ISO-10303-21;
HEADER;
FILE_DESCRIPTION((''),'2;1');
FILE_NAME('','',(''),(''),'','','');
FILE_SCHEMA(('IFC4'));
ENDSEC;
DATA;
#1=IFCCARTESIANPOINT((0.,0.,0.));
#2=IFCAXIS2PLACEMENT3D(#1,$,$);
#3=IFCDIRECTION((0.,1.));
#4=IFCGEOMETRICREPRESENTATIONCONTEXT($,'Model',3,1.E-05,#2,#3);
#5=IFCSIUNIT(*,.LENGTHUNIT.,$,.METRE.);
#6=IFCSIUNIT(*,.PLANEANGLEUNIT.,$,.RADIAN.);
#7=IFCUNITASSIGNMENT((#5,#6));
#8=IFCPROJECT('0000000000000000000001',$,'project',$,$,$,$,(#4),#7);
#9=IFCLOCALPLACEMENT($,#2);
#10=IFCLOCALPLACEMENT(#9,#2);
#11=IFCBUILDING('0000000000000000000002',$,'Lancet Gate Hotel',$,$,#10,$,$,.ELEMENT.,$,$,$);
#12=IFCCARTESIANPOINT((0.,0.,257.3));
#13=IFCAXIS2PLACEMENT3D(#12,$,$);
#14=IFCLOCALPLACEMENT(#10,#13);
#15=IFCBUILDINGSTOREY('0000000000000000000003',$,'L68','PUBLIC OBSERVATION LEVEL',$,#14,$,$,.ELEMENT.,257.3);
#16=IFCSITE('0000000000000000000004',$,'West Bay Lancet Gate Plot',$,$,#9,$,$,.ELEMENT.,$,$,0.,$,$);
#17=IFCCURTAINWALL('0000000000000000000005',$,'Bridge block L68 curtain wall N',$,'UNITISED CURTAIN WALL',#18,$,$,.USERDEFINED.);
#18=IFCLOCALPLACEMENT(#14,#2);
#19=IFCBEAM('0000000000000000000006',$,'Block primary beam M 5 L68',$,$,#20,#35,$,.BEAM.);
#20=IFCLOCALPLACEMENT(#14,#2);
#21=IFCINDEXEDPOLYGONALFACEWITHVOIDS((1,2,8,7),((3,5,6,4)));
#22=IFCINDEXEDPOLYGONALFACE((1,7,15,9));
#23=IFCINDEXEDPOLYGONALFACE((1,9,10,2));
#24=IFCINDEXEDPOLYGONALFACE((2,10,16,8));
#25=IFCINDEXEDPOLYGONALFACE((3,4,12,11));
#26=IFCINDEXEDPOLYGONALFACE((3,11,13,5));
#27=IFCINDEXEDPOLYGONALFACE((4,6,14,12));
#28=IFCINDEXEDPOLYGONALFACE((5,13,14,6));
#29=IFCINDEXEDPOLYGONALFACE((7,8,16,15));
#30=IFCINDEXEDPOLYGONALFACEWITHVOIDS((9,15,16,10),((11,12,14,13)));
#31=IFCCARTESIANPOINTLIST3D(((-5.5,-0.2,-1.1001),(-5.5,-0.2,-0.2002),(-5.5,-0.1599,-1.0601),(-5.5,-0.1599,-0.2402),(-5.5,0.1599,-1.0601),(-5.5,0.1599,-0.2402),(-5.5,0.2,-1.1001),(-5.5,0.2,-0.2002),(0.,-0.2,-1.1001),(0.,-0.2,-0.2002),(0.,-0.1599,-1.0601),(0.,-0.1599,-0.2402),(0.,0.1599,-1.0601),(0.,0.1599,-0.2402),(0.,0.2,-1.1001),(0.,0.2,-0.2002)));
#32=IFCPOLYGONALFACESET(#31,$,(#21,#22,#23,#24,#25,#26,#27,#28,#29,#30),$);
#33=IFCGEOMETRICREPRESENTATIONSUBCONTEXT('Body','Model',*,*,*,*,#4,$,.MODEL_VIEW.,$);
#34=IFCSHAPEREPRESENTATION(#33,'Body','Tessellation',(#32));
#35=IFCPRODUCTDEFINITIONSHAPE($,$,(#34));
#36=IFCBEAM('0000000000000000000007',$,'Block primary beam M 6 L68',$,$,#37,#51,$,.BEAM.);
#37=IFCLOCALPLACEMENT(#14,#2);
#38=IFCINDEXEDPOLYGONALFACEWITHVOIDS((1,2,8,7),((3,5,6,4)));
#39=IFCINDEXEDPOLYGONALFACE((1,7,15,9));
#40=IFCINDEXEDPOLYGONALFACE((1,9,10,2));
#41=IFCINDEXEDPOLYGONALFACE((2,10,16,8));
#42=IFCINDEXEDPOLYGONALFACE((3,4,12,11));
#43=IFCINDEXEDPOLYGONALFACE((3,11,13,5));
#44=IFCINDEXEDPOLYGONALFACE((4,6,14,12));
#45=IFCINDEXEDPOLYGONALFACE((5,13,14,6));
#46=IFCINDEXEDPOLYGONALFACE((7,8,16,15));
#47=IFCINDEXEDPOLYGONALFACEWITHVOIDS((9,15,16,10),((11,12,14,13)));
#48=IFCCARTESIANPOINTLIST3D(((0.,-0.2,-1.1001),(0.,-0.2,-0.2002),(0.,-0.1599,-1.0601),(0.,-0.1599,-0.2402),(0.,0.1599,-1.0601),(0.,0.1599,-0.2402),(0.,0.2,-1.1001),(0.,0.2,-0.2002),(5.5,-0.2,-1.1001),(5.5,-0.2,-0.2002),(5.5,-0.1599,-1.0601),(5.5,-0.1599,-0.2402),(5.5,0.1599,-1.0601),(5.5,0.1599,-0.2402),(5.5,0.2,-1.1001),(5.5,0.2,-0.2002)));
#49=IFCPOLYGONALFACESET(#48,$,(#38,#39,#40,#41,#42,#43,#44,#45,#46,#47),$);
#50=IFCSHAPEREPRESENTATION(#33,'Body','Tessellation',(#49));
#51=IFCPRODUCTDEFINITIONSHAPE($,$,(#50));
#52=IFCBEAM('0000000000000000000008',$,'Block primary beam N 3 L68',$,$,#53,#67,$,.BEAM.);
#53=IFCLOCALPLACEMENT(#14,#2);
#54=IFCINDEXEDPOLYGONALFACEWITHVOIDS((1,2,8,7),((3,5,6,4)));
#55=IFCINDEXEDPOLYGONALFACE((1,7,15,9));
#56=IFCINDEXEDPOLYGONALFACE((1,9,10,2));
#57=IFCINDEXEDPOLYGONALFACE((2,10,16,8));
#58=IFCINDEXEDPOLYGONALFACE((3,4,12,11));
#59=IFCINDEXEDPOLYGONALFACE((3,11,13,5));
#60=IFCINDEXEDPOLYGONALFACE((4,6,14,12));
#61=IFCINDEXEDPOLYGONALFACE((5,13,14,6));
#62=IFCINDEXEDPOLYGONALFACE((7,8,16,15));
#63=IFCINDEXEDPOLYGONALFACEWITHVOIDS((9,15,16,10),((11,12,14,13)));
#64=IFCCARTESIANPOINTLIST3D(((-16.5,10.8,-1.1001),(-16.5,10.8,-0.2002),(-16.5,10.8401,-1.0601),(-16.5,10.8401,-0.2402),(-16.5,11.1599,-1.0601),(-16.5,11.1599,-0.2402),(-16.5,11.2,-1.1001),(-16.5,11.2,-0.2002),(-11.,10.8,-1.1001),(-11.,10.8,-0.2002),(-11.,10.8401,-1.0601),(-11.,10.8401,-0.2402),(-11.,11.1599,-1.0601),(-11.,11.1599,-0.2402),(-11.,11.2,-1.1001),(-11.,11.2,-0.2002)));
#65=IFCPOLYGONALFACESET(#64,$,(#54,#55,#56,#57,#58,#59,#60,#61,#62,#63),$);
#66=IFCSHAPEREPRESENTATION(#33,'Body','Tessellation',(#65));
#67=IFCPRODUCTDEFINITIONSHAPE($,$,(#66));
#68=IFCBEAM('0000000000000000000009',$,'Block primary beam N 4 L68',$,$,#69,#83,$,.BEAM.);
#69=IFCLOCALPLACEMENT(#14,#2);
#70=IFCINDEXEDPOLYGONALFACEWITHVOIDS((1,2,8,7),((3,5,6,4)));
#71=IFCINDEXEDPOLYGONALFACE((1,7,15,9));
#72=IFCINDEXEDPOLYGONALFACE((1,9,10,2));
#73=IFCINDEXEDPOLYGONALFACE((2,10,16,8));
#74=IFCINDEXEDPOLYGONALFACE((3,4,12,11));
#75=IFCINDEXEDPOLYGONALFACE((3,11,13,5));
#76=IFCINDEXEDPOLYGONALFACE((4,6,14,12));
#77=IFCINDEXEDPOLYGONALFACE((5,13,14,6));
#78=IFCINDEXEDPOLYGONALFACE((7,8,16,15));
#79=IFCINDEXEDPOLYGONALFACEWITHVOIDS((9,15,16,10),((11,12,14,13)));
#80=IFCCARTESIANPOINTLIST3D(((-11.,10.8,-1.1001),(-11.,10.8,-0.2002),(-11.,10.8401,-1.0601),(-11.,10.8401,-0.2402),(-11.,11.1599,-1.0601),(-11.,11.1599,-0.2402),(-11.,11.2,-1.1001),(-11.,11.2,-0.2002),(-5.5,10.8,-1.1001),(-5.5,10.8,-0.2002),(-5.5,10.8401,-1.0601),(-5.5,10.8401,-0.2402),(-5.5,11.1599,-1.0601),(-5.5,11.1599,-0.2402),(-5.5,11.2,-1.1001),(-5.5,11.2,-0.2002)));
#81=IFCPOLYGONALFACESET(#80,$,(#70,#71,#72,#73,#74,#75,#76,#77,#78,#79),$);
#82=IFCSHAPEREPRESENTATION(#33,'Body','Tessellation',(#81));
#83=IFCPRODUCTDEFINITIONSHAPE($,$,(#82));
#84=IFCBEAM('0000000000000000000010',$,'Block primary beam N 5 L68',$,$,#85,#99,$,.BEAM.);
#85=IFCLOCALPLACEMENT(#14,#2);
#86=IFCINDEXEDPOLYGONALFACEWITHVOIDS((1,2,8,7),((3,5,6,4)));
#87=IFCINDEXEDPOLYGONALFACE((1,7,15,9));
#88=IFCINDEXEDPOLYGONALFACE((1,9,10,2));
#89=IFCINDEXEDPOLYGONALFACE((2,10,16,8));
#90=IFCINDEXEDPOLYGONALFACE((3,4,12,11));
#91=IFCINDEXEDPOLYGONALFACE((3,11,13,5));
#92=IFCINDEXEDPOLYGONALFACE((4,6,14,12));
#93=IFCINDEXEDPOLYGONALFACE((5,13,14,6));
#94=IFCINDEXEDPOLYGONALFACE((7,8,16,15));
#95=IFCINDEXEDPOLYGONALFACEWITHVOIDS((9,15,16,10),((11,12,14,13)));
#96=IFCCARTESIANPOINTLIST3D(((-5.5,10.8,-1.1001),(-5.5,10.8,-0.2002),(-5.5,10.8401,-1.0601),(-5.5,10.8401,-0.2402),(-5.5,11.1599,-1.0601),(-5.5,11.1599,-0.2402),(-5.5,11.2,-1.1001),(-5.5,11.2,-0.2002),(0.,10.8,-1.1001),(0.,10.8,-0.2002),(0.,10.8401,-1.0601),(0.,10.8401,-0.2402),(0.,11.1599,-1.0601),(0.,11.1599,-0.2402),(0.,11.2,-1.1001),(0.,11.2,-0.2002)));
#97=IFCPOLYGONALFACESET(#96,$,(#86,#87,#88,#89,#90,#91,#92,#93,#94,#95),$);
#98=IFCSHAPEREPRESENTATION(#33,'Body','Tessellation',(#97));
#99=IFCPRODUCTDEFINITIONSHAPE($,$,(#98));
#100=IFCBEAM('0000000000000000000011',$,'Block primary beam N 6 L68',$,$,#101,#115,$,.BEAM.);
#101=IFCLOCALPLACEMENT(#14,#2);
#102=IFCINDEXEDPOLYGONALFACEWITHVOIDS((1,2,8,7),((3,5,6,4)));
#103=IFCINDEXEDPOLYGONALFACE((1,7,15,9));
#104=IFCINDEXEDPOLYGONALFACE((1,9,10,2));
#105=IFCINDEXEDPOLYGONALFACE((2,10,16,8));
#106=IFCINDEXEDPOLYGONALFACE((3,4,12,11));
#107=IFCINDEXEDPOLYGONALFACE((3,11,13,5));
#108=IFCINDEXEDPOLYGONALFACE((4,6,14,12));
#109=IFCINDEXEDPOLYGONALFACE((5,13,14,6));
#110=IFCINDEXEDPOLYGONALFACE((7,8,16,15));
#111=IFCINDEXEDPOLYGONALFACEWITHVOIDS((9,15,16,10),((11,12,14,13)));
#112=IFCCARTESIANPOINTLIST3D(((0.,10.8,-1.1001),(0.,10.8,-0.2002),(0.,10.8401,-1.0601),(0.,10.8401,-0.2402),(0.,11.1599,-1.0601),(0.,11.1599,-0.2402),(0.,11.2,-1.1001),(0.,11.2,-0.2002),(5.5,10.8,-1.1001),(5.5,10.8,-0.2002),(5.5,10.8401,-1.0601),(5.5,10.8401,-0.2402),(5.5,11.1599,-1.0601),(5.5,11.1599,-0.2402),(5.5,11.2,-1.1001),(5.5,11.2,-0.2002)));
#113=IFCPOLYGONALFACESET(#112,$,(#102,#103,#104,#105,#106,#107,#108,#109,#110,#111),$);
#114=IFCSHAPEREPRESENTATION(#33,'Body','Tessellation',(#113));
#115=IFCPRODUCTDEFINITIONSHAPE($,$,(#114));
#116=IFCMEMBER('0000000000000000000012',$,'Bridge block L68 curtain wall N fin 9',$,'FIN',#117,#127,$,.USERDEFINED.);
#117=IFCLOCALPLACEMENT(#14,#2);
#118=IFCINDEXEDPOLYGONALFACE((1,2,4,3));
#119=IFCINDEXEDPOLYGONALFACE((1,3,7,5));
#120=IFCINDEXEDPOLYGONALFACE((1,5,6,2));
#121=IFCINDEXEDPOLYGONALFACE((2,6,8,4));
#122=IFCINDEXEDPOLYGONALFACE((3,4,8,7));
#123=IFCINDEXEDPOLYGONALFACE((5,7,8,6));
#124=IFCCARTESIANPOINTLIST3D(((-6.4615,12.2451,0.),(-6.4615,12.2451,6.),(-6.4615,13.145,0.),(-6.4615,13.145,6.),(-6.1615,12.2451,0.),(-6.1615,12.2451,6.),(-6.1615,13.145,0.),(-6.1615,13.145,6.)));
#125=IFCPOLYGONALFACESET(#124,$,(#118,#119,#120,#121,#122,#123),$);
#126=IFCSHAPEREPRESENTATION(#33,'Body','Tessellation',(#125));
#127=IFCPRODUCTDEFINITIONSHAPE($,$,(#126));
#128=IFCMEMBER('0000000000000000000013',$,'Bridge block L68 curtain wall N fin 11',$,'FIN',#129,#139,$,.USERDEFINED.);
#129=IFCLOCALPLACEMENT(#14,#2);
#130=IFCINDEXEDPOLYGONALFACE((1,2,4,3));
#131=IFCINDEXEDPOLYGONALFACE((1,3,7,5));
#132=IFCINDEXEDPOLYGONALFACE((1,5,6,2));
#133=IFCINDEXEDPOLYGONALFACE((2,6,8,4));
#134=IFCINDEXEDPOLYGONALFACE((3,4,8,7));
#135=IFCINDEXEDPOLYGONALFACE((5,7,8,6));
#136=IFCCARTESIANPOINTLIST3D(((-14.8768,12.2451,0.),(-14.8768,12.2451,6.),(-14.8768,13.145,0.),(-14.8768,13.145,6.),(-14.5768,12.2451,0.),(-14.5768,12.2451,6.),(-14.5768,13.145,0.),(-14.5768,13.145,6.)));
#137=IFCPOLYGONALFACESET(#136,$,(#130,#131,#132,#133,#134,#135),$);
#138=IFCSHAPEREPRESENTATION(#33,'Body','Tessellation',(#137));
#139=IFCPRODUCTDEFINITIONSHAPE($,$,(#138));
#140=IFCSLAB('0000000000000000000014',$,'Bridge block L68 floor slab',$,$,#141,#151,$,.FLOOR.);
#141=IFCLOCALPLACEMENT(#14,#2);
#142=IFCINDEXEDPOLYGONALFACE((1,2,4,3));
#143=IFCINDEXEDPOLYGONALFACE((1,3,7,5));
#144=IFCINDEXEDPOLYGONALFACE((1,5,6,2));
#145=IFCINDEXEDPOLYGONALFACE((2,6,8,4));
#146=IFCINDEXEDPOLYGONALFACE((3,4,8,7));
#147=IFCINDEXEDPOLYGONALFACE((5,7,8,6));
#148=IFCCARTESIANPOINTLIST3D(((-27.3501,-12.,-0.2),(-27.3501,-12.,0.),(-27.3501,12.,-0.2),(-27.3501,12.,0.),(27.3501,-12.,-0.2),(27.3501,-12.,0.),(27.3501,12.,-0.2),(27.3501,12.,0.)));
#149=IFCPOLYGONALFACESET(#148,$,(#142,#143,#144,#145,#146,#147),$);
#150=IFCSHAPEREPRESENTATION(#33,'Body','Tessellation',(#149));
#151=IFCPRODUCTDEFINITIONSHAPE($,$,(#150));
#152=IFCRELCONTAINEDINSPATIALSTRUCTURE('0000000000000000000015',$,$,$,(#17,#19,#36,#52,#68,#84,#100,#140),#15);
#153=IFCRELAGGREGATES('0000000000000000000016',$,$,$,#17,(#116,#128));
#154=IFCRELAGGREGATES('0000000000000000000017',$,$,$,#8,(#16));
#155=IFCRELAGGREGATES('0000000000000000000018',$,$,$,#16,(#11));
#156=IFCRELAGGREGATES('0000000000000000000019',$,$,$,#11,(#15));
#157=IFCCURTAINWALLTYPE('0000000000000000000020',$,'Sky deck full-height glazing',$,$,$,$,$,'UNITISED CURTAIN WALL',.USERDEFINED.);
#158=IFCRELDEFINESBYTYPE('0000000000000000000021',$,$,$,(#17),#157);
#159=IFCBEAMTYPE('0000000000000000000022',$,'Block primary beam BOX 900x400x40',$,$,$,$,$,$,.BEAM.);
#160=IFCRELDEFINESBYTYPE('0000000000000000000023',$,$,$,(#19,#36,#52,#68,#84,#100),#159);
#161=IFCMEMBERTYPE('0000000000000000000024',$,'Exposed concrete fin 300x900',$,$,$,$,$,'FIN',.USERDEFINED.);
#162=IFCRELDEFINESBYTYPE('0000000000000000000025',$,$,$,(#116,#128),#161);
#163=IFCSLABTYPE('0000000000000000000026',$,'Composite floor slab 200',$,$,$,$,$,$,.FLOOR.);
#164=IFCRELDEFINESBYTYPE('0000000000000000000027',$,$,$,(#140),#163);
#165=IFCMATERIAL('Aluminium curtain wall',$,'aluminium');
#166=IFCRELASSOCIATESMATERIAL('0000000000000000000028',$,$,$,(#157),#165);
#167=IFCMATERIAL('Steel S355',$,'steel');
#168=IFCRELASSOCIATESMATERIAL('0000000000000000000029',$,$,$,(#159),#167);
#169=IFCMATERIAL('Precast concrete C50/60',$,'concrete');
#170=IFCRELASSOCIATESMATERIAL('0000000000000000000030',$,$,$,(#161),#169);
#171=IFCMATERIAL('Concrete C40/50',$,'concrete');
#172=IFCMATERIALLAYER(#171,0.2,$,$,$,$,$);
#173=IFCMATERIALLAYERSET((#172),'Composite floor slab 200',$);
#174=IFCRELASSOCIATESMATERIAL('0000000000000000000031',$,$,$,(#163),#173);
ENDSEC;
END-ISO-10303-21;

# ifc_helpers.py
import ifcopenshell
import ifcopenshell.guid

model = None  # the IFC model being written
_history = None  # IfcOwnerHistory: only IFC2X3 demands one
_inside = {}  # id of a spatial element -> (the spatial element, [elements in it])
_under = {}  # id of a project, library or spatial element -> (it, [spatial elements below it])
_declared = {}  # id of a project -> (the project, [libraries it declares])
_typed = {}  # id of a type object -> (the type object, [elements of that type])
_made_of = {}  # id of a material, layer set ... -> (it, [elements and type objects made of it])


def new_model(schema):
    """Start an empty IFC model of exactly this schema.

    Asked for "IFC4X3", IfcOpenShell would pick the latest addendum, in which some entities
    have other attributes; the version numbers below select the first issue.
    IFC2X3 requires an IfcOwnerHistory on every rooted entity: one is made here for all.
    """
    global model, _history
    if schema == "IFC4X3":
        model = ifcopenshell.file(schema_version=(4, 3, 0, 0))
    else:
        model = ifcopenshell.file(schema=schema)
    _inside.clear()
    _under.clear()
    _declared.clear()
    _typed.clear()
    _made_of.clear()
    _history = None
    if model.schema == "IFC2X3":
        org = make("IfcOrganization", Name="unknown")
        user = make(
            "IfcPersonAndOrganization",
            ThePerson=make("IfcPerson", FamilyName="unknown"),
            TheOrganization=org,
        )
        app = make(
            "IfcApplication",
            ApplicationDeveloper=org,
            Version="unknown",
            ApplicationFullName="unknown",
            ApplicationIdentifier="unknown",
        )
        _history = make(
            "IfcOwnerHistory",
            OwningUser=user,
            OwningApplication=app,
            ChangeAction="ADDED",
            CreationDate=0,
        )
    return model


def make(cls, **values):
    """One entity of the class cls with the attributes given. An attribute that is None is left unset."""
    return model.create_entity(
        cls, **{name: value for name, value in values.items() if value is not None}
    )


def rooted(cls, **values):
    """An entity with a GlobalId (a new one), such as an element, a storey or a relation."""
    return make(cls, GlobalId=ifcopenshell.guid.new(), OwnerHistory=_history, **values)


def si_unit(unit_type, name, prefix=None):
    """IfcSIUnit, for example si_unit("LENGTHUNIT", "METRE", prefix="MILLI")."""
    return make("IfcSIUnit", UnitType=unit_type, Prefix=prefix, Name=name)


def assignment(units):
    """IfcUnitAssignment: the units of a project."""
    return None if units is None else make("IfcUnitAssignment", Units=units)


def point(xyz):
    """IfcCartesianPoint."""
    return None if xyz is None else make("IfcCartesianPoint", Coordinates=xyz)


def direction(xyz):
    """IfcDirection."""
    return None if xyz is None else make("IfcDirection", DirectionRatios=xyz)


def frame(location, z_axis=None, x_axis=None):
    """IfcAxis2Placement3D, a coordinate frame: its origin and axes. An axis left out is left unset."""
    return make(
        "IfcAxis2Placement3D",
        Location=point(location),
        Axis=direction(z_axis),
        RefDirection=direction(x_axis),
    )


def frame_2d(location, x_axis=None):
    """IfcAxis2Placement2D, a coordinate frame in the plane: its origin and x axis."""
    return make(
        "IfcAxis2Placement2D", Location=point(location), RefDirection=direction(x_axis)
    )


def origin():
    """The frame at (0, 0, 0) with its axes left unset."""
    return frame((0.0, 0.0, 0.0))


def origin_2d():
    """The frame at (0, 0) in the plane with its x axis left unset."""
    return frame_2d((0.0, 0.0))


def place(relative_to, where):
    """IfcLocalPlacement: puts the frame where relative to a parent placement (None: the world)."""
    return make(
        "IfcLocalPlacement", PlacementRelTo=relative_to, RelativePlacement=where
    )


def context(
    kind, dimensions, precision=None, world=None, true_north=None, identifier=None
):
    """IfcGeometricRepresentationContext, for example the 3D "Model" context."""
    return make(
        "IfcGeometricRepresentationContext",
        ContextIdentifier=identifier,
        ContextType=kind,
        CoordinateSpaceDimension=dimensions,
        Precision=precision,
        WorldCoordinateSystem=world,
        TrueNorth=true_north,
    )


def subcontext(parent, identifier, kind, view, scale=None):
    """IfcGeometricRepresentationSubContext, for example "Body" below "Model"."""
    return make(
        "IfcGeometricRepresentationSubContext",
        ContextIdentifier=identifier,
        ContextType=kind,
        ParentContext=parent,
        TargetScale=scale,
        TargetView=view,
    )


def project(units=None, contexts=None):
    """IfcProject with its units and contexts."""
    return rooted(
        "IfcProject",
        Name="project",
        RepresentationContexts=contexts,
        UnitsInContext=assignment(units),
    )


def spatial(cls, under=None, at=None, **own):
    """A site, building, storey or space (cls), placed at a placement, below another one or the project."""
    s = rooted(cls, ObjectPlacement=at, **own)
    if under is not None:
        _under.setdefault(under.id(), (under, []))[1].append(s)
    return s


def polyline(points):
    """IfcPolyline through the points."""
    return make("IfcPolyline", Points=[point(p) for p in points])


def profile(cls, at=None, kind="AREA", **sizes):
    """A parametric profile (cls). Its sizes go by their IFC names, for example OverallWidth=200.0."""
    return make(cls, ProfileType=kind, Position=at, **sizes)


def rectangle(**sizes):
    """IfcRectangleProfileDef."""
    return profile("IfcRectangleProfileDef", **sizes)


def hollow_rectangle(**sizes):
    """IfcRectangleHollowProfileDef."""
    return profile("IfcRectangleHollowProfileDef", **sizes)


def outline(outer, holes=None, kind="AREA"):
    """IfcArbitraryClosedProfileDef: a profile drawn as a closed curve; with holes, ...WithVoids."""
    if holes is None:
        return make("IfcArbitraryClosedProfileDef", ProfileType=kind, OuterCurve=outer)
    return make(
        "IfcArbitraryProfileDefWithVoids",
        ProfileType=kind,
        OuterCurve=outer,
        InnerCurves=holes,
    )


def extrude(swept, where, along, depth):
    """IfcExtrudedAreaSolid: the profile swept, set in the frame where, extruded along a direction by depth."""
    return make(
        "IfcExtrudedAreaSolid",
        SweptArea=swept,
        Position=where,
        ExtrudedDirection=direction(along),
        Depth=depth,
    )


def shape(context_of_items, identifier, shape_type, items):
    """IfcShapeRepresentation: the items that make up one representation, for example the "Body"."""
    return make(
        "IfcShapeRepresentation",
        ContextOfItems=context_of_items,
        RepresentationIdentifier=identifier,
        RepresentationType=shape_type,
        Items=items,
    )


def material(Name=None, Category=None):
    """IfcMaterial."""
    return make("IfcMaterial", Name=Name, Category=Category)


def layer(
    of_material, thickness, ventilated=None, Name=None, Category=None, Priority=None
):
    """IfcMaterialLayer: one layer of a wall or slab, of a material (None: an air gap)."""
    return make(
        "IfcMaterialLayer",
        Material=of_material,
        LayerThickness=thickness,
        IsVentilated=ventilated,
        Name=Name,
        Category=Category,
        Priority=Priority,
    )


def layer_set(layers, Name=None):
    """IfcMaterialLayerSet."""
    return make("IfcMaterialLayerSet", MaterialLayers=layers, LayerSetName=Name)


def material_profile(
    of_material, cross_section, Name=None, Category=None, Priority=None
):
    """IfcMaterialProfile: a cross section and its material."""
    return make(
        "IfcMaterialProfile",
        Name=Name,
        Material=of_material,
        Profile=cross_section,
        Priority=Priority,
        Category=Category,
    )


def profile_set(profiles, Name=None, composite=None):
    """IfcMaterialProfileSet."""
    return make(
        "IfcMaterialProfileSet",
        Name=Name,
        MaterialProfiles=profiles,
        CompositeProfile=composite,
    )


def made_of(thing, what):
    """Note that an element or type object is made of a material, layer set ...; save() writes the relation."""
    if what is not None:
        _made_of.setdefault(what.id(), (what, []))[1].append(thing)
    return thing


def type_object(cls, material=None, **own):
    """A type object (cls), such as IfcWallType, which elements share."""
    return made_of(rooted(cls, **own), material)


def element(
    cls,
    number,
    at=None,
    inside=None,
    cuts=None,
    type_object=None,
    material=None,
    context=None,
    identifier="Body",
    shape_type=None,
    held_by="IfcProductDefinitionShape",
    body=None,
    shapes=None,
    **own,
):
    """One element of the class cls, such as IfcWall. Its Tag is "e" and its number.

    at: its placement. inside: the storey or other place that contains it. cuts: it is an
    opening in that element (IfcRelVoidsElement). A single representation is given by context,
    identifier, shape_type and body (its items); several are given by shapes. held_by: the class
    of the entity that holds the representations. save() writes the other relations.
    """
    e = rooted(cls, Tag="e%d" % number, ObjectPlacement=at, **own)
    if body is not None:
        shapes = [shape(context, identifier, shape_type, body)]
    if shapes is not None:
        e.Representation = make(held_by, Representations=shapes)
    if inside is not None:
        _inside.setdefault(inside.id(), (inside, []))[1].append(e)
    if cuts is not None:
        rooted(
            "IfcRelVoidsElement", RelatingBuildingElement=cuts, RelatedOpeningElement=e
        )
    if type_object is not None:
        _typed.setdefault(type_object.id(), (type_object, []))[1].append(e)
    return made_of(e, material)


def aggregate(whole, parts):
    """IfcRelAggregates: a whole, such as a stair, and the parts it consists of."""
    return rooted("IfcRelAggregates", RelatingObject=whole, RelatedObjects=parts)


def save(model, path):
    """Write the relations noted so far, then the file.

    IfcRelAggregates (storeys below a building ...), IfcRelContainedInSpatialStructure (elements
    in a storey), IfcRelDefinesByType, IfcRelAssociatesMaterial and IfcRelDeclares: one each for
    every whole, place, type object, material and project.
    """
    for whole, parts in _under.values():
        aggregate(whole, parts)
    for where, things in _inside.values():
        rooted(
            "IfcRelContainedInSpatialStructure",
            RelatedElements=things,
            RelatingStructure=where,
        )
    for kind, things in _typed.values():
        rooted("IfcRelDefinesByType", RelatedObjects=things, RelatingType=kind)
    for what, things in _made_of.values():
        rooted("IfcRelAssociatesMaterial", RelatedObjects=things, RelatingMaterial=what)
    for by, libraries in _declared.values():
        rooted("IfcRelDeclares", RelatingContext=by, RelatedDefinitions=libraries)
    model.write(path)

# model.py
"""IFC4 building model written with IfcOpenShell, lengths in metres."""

from ifc_helpers import new_model, si_unit, direction, frame, origin, origin_2d, place, context, subcontext, project, spatial, polyline, rectangle, hollow_rectangle, outline, extrude, material, layer, layer_set, material_profile, profile_set, type_object, element, aggregate, save


model = new_model("IFC4")

# Units and contexts
model_context = context("Model", 3, precision=1e-05, world=origin(), true_north=direction((0.0, 1.0)))
body_context = subcontext(model_context, "Body", "Model", "MODEL_VIEW")
ifc_project = project(units=[si_unit("LENGTHUNIT", "METRE"), si_unit("PLANEANGLEUNIT", "RADIAN")], contexts=[model_context])

# Site, building, storey
site_placement = place(None, origin())
site = spatial("IfcSite", under=ifc_project, at=site_placement, Name="West Bay Lancet Gate Plot", CompositionType="ELEMENT", RefElevation=0.0)
building_placement = place(site_placement, origin())
building = spatial("IfcBuilding", under=site, at=building_placement, Name="Lancet Gate Hotel", CompositionType="ELEMENT")
storey_placement = place(building_placement, frame((0.0, 0.0, 257.3)))
storey = spatial("IfcBuildingStorey", under=building, at=storey_placement, Name="L68", Description="PUBLIC OBSERVATION LEVEL", CompositionType="ELEMENT", Elevation=257.3)

# Curtain wall
ifc_material_1 = material(Name="Aluminium curtain wall", Category="aluminium")
curtain_wall_type = type_object("IfcCurtainWallType", Name="Sky deck full-height glazing", ElementType="UNITISED CURTAIN WALL", PredefinedType="USERDEFINED", material=ifc_material_1)
curtain_wall_placement = place(storey_placement, origin())
curtain_wall = element("IfcCurtainWall", 1, at=curtain_wall_placement, inside=storey, type_object=curtain_wall_type, Name="Bridge block L68 curtain wall N", ObjectType="UNITISED CURTAIN WALL", PredefinedType="USERDEFINED")

# Beams
ifc_material_2 = material(Name="Steel S355", Category="steel")
ifc_material_profile_1 = material_profile(ifc_material_2, hollow_rectangle(XDim=0.3999, YDim=0.8999, WallThickness=0.04, at=origin_2d()), Name="BOX 900x400x40")
ifc_profile_set_1 = profile_set([ifc_material_profile_1], Name="Steel S355")
beam_type_1 = type_object("IfcBeamType", Name="Block primary beam BOX 900x400x40", PredefinedType="BEAM", material=ifc_profile_set_1)
for number, where, z_axis, x_axis, name in (
    (2, (-5.5, 0.0, -0.6501), (1.0, 0.0, 0.0), (0.0, 1.0, 0.0), "Block primary beam M 5 L68"),
    (3, (0.0, 0.0, -0.6501), (1.0, 0.0, 0.0), (0.0, 1.0, 0.0), "Block primary beam M 6 L68"),
    (4, (-16.5, 11.0, -0.6501), (1.0, 0.0, 0.0), (0.0, 1.0, 0.0), "Block primary beam N 3 L68"),
    (5, (-11.0, 11.0, -0.6501), (1.0, 0.0, 0.0), (0.0, 1.0, 0.0), "Block primary beam N 4 L68"),
    (6, (-5.5, 11.0, -0.6501), (1.0, 0.0, 0.0), (0.0, 1.0, 0.0), "Block primary beam N 5 L68"),
    (7, (0.0, 11.0, -0.6501), (1.0, 0.0, 0.0), (0.0, 1.0, 0.0), "Block primary beam N 6 L68"),
):
    element("IfcBeam", number, at=place(storey_placement, frame(where, z_axis=z_axis, x_axis=x_axis)), inside=storey, type_object=beam_type_1, Name=name, PredefinedType="BEAM", context=body_context, shape_type="SweptSolid", body=[
        extrude(hollow_rectangle(XDim=0.3999, YDim=0.8999, WallThickness=0.04, at=origin_2d()), origin(), (0.0, 0.0, 1.0), 5.5),
    ])

# Members
ifc_material_3 = material(Name="Precast concrete C50/60", Category="concrete")
ifc_material_profile_2 = material_profile(ifc_material_3, rectangle(XDim=0.3, YDim=0.8999, at=origin_2d()), Name="FIN 300x900")
ifc_profile_set_2 = profile_set([ifc_material_profile_2], Name="Precast concrete C50/60")
member_type_1 = type_object("IfcMemberType", Name="Exposed concrete fin 300x900", ElementType="FIN", PredefinedType="USERDEFINED", material=ifc_profile_set_2)
member_1_placement = place(storey_placement, frame((-6.3115, 12.6951, 0.0), z_axis=(0.0, 0.0, 1.0), x_axis=(-1.0, 0.0, 0.0)))
member_1 = element("IfcMember", 8, at=member_1_placement, type_object=member_type_1, Name="Bridge block L68 curtain wall N fin 9", ObjectType="FIN", PredefinedType="USERDEFINED", context=body_context, shape_type="SweptSolid", body=[
    extrude(rectangle(XDim=0.3, YDim=0.8999, at=origin_2d()), origin(), (0.0, 0.0, 1.0), 6.0),
])
member_2_placement = place(storey_placement, frame((-14.7268, 12.6951, 0.0), z_axis=(0.0, 0.0, 1.0), x_axis=(-1.0, 0.0, 0.0)))
member_2 = element("IfcMember", 9, at=member_2_placement, type_object=member_type_1, Name="Bridge block L68 curtain wall N fin 11", ObjectType="FIN", PredefinedType="USERDEFINED", context=body_context, shape_type="SweptSolid", body=[
    extrude(rectangle(XDim=0.3, YDim=0.8999, at=origin_2d()), origin(), (0.0, 0.0, 1.0), 6.0),
])

# Slab
ifc_material_4 = material(Name="Concrete C40/50", Category="concrete")
ifc_layer_1 = layer(ifc_material_4, 0.2)
ifc_layer_set_1 = layer_set([ifc_layer_1], Name="Composite floor slab 200")
slab_type_1 = type_object("IfcSlabType", Name="Composite floor slab 200", PredefinedType="FLOOR", material=ifc_layer_set_1)
slab_1_placement = place(storey_placement, frame((0.0, 0.0, -0.2)))
element("IfcSlab", 10, at=slab_1_placement, inside=storey, type_object=slab_type_1, Name="Bridge block L68 floor slab", PredefinedType="FLOOR", context=body_context, shape_type="SweptSolid", body=[
    extrude(outline(polyline([(27.3501, -12.0), (27.3501, 12.0), (-27.3501, 12.0), (-27.3501, -12.0), (27.3501, -12.0)])), origin(), (0.0, 0.0, 1.0), 0.2),
])

aggregate(curtain_wall, [member_1, member_2])

save(model, "model.ifc")
